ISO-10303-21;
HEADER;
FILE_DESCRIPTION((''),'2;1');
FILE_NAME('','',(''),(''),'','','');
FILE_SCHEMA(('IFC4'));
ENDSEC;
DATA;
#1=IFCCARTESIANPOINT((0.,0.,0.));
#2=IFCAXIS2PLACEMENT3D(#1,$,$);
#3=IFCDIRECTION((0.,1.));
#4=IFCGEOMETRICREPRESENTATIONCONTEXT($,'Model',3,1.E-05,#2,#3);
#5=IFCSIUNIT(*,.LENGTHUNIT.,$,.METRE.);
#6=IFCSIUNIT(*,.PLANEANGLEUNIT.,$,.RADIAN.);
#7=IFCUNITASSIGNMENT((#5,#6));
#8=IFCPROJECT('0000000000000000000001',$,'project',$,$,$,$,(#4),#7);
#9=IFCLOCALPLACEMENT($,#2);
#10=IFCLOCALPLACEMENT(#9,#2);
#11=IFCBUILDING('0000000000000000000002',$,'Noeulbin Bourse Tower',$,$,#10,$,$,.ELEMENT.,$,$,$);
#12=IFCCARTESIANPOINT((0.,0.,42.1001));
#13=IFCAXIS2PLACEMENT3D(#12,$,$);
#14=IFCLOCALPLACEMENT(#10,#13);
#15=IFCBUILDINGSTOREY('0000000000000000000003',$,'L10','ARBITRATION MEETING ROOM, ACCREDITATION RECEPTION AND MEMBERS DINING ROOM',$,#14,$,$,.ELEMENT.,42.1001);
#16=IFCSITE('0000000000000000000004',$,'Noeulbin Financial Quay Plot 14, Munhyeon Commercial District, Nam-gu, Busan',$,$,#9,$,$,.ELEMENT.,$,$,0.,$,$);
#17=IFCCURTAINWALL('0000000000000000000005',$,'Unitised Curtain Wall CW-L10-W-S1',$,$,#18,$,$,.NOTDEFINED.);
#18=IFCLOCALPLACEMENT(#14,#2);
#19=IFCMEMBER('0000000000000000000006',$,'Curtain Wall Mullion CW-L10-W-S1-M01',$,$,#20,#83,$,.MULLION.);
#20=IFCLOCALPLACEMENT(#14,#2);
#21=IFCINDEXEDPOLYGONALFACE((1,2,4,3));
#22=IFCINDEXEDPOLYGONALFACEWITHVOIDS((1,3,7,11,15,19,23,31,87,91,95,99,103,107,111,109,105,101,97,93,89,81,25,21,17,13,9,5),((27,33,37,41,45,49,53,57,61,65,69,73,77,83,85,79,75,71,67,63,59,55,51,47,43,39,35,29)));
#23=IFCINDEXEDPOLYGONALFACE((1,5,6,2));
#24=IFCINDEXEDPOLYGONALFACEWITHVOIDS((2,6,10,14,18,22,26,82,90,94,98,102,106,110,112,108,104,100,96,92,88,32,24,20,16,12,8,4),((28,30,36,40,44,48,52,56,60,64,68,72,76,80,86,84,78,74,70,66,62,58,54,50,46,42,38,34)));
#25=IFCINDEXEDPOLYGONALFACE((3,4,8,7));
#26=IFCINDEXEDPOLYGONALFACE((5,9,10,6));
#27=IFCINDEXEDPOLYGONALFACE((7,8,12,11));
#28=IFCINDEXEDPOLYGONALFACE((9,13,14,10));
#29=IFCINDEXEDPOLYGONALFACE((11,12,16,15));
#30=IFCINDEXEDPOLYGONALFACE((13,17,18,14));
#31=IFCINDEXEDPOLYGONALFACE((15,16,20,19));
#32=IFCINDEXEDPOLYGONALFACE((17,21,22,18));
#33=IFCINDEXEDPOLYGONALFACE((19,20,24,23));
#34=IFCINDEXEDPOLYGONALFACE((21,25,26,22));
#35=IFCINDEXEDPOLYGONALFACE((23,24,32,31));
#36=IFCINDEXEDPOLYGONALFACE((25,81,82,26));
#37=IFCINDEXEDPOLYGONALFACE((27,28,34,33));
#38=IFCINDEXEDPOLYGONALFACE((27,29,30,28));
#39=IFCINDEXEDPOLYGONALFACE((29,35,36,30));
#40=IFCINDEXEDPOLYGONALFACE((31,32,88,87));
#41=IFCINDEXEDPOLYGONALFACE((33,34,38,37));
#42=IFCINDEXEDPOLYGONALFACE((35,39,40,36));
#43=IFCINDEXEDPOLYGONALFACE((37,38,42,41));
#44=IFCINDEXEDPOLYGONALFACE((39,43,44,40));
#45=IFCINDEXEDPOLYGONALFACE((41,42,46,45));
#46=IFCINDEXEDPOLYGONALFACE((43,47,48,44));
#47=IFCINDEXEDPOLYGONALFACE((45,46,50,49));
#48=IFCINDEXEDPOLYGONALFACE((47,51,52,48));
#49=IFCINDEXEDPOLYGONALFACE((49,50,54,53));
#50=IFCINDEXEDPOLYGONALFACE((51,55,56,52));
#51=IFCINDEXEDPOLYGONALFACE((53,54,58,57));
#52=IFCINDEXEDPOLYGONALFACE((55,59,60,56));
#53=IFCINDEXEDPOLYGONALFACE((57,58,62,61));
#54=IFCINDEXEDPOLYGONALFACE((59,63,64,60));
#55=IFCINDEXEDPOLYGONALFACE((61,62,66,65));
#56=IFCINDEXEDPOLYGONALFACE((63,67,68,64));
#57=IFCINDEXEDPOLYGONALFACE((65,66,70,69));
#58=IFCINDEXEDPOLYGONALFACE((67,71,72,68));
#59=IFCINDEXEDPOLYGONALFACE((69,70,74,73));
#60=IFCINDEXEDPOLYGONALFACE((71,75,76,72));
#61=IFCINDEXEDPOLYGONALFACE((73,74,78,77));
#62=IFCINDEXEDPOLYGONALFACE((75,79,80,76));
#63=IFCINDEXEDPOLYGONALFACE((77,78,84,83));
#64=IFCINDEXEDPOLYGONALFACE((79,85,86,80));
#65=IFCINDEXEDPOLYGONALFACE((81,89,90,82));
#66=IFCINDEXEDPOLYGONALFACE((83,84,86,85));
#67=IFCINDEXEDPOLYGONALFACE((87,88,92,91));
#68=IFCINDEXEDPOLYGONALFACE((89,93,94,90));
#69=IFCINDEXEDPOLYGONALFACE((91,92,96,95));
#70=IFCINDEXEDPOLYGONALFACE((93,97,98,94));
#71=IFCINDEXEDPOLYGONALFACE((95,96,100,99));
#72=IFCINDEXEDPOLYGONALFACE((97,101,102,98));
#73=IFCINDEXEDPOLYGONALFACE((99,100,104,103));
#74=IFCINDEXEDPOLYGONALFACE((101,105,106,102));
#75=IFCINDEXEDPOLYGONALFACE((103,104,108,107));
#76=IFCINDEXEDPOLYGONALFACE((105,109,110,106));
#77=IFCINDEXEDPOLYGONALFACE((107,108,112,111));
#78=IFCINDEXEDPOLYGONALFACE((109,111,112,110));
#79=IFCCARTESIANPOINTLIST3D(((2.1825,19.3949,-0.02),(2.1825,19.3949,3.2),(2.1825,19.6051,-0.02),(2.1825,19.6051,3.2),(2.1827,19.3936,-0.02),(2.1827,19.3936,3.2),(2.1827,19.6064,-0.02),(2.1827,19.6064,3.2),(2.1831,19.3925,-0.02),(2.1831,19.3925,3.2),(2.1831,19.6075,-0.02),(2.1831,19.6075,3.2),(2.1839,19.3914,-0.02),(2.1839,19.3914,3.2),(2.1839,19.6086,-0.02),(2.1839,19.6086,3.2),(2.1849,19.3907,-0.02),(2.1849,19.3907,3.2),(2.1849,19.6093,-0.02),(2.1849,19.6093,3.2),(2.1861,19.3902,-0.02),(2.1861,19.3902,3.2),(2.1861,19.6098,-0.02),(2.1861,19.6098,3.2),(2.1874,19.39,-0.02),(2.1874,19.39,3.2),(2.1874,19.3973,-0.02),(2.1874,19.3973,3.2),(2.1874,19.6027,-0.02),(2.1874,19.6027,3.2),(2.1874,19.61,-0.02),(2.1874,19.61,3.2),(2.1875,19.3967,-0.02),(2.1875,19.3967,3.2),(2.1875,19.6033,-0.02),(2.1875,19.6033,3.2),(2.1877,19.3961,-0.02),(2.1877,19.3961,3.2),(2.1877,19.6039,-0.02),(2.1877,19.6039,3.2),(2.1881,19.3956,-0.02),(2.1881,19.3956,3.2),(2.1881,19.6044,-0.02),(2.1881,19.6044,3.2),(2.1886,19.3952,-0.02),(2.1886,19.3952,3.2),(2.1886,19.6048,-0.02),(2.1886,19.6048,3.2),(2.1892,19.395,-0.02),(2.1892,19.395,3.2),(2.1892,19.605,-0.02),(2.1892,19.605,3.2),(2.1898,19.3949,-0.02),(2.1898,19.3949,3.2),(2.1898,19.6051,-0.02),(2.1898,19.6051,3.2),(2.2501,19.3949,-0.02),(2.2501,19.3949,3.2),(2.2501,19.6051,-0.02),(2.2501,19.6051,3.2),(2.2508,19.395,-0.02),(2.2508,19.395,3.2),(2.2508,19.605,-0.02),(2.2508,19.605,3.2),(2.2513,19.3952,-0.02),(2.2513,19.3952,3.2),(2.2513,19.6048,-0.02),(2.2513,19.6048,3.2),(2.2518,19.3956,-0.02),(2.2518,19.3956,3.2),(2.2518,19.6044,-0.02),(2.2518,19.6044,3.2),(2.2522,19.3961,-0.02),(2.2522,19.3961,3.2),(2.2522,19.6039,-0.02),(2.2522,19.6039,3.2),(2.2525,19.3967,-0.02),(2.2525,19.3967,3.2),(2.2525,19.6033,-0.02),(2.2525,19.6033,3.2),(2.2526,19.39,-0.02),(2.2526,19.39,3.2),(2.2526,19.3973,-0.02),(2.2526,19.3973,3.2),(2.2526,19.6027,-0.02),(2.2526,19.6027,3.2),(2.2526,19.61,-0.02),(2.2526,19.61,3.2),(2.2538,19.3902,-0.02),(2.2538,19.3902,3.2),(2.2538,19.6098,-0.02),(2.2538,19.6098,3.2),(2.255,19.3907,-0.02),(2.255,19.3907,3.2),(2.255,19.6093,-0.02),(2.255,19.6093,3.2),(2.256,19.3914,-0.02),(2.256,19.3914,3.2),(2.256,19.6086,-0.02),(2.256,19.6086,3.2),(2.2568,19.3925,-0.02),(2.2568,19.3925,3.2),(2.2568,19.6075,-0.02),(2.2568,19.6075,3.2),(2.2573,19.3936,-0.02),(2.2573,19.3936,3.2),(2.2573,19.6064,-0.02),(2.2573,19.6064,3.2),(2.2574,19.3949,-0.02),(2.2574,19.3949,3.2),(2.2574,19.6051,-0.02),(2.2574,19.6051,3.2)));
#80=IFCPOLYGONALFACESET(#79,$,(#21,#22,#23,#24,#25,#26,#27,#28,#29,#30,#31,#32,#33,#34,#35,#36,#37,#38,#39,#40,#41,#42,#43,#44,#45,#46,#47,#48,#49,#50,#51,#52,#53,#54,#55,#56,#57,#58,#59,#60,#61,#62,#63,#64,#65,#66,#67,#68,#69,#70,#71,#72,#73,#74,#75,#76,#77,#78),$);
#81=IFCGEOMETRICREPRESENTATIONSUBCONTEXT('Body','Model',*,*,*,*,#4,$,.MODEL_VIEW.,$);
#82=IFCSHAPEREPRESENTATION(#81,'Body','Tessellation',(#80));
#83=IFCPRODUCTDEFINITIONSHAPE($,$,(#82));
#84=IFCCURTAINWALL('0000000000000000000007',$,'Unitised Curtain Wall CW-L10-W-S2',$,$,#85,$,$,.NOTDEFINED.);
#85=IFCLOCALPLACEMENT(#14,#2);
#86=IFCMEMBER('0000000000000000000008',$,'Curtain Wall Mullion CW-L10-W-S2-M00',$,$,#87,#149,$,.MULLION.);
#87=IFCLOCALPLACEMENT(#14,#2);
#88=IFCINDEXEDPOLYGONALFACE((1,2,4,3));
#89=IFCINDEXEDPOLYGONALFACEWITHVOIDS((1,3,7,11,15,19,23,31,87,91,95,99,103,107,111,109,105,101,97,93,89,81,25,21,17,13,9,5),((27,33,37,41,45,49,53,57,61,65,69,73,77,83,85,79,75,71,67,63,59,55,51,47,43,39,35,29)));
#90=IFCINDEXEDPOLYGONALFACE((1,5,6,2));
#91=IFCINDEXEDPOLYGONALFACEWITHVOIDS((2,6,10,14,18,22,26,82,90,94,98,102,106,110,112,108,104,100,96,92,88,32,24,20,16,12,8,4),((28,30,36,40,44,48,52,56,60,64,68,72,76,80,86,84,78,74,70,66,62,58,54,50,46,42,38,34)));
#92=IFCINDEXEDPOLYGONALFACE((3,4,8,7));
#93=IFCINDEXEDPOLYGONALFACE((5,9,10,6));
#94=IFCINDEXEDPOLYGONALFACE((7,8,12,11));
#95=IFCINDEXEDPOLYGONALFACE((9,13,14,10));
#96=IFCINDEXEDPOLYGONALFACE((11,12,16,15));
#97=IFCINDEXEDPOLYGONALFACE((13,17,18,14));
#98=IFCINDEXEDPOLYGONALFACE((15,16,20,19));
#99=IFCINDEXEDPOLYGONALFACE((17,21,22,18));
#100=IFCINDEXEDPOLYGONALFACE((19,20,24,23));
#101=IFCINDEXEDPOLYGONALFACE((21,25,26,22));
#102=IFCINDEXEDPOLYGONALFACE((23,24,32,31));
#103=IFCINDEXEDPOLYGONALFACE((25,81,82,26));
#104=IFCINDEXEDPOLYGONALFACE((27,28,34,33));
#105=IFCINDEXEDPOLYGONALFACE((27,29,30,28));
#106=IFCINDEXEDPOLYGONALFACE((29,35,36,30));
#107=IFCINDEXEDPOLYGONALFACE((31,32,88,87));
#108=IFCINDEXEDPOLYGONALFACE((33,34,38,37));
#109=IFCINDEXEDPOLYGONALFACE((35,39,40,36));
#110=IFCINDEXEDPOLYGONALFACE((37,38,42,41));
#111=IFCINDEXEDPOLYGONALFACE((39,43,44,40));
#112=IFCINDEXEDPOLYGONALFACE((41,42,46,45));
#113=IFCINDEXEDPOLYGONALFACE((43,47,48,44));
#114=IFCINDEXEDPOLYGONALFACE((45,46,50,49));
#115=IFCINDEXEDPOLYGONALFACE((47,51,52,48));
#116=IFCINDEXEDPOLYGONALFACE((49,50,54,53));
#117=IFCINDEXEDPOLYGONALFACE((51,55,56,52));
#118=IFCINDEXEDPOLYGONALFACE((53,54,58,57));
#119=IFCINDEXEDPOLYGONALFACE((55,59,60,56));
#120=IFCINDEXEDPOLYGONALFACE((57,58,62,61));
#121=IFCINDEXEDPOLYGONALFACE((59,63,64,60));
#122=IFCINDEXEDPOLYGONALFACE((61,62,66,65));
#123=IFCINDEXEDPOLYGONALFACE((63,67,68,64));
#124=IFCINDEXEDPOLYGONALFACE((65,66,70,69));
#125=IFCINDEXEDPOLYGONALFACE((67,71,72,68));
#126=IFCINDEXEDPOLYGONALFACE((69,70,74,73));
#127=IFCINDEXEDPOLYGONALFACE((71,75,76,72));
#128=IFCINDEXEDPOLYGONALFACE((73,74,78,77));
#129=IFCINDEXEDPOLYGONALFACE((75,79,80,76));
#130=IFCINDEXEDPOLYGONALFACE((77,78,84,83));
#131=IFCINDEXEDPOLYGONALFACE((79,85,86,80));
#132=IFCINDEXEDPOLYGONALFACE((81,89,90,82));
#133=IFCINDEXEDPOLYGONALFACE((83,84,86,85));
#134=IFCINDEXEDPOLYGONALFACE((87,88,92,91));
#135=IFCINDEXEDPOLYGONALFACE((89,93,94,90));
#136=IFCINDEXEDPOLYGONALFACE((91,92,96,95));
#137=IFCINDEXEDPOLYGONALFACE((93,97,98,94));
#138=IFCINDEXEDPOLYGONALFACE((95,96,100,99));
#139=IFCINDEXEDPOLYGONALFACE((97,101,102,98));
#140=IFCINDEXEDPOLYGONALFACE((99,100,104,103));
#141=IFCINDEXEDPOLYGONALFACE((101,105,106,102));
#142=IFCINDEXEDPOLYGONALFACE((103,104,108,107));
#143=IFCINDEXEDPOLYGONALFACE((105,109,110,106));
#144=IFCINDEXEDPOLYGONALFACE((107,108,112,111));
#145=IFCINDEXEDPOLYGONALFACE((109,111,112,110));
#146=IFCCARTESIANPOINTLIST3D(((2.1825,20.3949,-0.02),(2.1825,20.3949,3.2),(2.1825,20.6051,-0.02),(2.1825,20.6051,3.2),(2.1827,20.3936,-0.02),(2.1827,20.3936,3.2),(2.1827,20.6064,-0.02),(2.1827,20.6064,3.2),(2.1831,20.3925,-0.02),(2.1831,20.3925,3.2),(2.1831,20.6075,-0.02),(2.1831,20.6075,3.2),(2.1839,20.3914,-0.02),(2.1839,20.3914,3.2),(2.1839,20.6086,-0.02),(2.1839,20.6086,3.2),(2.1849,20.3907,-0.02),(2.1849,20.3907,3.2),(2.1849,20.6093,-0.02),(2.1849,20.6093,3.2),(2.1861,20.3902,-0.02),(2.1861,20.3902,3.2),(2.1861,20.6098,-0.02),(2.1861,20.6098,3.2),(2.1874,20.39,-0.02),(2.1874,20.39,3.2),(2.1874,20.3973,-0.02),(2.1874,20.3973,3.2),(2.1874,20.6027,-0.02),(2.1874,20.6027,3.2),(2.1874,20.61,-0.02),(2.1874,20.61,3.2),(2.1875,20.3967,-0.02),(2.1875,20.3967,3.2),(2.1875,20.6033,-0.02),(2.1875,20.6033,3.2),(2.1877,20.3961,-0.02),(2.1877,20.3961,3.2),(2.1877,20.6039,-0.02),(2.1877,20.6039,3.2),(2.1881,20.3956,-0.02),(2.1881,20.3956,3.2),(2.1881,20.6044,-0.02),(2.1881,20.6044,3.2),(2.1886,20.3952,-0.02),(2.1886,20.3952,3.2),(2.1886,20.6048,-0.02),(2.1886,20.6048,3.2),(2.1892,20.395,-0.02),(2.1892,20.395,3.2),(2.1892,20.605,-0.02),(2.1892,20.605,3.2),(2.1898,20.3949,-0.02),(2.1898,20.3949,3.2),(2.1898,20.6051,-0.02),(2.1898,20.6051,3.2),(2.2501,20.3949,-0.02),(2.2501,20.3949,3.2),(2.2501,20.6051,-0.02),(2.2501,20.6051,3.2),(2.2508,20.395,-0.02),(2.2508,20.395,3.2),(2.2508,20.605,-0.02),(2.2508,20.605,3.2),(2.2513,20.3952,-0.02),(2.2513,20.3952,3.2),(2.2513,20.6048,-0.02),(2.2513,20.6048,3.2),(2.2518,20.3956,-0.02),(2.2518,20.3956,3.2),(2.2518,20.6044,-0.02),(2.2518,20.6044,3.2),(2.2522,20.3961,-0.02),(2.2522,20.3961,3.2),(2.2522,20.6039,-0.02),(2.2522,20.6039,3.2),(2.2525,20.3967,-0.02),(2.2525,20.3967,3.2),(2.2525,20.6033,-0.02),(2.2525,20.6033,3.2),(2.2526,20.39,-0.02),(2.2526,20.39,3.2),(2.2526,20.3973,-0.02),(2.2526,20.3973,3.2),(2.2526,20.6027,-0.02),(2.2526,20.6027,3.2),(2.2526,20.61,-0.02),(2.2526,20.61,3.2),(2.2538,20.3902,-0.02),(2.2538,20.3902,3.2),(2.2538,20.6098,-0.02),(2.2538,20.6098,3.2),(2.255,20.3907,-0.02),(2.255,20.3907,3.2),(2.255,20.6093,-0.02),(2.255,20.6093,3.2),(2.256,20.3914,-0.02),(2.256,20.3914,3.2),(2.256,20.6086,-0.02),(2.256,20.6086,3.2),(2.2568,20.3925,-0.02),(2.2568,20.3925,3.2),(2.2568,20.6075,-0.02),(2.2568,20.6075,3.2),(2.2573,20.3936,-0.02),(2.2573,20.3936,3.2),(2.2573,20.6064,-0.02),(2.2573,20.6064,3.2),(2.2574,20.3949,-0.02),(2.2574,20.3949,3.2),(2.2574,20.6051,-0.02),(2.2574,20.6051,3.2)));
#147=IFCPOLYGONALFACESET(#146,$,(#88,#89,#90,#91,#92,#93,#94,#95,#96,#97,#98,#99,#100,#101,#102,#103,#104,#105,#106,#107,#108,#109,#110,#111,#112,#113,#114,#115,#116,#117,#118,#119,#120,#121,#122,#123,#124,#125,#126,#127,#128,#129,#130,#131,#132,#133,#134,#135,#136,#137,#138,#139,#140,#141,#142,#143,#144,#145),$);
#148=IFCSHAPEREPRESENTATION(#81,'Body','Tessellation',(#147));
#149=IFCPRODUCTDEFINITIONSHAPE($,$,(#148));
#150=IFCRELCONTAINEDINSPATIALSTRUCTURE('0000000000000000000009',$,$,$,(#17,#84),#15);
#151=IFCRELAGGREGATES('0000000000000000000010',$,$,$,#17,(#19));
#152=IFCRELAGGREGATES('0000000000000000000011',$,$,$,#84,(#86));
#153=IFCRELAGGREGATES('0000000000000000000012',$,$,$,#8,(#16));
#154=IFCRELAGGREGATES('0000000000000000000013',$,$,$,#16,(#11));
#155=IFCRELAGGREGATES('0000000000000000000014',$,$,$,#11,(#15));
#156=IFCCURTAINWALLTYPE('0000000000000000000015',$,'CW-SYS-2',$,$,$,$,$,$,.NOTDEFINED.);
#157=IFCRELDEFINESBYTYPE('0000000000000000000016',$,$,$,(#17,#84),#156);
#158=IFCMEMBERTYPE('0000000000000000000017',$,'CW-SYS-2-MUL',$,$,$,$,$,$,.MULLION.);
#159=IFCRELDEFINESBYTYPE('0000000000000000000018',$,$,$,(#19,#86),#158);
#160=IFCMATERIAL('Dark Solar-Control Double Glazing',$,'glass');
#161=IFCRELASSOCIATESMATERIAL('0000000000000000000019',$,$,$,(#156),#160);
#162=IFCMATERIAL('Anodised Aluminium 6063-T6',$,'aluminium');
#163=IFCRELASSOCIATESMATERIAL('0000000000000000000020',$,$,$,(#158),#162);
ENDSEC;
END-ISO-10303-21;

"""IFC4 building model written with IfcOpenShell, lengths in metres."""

from ifc_helpers import new_model, si_unit, direction, frame, origin, origin_2d, place, context, subcontext, project, spatial, hollow_rectangle, extrude, material, material_profile, profile_set, type_object, element, aggregate, save


model = new_model("IFC4")

# Units and contexts
model_context = context("Model", 3, precision=1e-05, world=origin(), true_north=direction((0.0, 1.0)))
body_context = subcontext(model_context, "Body", "Model", "MODEL_VIEW")
ifc_project = project(units=[si_unit("LENGTHUNIT", "METRE"), si_unit("PLANEANGLEUNIT", "RADIAN")], contexts=[model_context])

# Site, building, storey
site_placement = place(None, origin())
site = spatial("IfcSite", under=ifc_project, at=site_placement, Name="Noeulbin Financial Quay Plot 14, Munhyeon Commercial District, Nam-gu, Busan", CompositionType="ELEMENT", RefElevation=0.0)
building_placement = place(site_placement, origin())
building = spatial("IfcBuilding", under=site, at=building_placement, Name="Noeulbin Bourse Tower", CompositionType="ELEMENT")
storey_placement = place(building_placement, frame((0.0, 0.0, 42.1001)))
storey = spatial("IfcBuildingStorey", under=building, at=storey_placement, Name="L10", Description="ARBITRATION MEETING ROOM, ACCREDITATION RECEPTION AND MEMBERS DINING ROOM", CompositionType="ELEMENT", Elevation=42.1001)

# Curtain walls, members
ifc_material_1 = material(Name="Dark Solar-Control Double Glazing", Category="glass")
curtain_wall_type = type_object("IfcCurtainWallType", Name="CW-SYS-2", PredefinedType="NOTDEFINED", material=ifc_material_1)
curtain_wall_1_placement = place(storey_placement, origin())
curtain_wall_1 = element("IfcCurtainWall", 1, at=curtain_wall_1_placement, inside=storey, type_object=curtain_wall_type, Name="Unitised Curtain Wall CW-L10-W-S1", PredefinedType="NOTDEFINED")
ifc_material_2 = material(Name="Anodised Aluminium 6063-T6", Category="aluminium")
ifc_material_profile_1 = material_profile(ifc_material_2, hollow_rectangle(XDim=0.075, YDim=0.22, WallThickness=0.0049, InnerFilletRadius=0.0024, OuterFilletRadius=0.0049, at=origin_2d()), Name="ALU-MULL-75x220x5", Category="LoadBearing")
ifc_profile_set_1 = profile_set([ifc_material_profile_1], Name="Anodised Aluminium 6063-T6")
member_type_1 = type_object("IfcMemberType", Name="CW-SYS-2-MUL", PredefinedType="MULLION", material=ifc_profile_set_1)
member_1_placement = place(storey_placement, frame((2.22, 19.5, -0.02), z_axis=(0.0, 0.0, 1.0), x_axis=(1.0, 0.0, 0.0)))
member_1 = element("IfcMember", 2, at=member_1_placement, type_object=member_type_1, Name="Curtain Wall Mullion CW-L10-W-S1-M01", PredefinedType="MULLION", context=body_context, shape_type="SweptSolid", body=[
    extrude(hollow_rectangle(XDim=0.075, YDim=0.22, WallThickness=0.0049, InnerFilletRadius=0.0024, OuterFilletRadius=0.0049, at=origin_2d()), origin(), (0.0, 0.0, 1.0), 3.22),
])
curtain_wall_2_placement = place(storey_placement, origin())
curtain_wall_2 = element("IfcCurtainWall", 3, at=curtain_wall_2_placement, inside=storey, type_object=curtain_wall_type, Name="Unitised Curtain Wall CW-L10-W-S2", PredefinedType="NOTDEFINED")
member_2_placement = place(storey_placement, frame((2.22, 20.5, -0.02), z_axis=(0.0, 0.0, 1.0), x_axis=(1.0, 0.0, 0.0)))
member_2 = element("IfcMember", 4, at=member_2_placement, type_object=member_type_1, Name="Curtain Wall Mullion CW-L10-W-S2-M00", PredefinedType="MULLION", context=body_context, shape_type="SweptSolid", body=[
    extrude(hollow_rectangle(XDim=0.075, YDim=0.22, WallThickness=0.0049, InnerFilletRadius=0.0024, OuterFilletRadius=0.0049, at=origin_2d()), origin(), (0.0, 0.0, 1.0), 3.22),
])

aggregate(curtain_wall_1, [member_1])
aggregate(curtain_wall_2, [member_2])

save(model, "model.ifc")
